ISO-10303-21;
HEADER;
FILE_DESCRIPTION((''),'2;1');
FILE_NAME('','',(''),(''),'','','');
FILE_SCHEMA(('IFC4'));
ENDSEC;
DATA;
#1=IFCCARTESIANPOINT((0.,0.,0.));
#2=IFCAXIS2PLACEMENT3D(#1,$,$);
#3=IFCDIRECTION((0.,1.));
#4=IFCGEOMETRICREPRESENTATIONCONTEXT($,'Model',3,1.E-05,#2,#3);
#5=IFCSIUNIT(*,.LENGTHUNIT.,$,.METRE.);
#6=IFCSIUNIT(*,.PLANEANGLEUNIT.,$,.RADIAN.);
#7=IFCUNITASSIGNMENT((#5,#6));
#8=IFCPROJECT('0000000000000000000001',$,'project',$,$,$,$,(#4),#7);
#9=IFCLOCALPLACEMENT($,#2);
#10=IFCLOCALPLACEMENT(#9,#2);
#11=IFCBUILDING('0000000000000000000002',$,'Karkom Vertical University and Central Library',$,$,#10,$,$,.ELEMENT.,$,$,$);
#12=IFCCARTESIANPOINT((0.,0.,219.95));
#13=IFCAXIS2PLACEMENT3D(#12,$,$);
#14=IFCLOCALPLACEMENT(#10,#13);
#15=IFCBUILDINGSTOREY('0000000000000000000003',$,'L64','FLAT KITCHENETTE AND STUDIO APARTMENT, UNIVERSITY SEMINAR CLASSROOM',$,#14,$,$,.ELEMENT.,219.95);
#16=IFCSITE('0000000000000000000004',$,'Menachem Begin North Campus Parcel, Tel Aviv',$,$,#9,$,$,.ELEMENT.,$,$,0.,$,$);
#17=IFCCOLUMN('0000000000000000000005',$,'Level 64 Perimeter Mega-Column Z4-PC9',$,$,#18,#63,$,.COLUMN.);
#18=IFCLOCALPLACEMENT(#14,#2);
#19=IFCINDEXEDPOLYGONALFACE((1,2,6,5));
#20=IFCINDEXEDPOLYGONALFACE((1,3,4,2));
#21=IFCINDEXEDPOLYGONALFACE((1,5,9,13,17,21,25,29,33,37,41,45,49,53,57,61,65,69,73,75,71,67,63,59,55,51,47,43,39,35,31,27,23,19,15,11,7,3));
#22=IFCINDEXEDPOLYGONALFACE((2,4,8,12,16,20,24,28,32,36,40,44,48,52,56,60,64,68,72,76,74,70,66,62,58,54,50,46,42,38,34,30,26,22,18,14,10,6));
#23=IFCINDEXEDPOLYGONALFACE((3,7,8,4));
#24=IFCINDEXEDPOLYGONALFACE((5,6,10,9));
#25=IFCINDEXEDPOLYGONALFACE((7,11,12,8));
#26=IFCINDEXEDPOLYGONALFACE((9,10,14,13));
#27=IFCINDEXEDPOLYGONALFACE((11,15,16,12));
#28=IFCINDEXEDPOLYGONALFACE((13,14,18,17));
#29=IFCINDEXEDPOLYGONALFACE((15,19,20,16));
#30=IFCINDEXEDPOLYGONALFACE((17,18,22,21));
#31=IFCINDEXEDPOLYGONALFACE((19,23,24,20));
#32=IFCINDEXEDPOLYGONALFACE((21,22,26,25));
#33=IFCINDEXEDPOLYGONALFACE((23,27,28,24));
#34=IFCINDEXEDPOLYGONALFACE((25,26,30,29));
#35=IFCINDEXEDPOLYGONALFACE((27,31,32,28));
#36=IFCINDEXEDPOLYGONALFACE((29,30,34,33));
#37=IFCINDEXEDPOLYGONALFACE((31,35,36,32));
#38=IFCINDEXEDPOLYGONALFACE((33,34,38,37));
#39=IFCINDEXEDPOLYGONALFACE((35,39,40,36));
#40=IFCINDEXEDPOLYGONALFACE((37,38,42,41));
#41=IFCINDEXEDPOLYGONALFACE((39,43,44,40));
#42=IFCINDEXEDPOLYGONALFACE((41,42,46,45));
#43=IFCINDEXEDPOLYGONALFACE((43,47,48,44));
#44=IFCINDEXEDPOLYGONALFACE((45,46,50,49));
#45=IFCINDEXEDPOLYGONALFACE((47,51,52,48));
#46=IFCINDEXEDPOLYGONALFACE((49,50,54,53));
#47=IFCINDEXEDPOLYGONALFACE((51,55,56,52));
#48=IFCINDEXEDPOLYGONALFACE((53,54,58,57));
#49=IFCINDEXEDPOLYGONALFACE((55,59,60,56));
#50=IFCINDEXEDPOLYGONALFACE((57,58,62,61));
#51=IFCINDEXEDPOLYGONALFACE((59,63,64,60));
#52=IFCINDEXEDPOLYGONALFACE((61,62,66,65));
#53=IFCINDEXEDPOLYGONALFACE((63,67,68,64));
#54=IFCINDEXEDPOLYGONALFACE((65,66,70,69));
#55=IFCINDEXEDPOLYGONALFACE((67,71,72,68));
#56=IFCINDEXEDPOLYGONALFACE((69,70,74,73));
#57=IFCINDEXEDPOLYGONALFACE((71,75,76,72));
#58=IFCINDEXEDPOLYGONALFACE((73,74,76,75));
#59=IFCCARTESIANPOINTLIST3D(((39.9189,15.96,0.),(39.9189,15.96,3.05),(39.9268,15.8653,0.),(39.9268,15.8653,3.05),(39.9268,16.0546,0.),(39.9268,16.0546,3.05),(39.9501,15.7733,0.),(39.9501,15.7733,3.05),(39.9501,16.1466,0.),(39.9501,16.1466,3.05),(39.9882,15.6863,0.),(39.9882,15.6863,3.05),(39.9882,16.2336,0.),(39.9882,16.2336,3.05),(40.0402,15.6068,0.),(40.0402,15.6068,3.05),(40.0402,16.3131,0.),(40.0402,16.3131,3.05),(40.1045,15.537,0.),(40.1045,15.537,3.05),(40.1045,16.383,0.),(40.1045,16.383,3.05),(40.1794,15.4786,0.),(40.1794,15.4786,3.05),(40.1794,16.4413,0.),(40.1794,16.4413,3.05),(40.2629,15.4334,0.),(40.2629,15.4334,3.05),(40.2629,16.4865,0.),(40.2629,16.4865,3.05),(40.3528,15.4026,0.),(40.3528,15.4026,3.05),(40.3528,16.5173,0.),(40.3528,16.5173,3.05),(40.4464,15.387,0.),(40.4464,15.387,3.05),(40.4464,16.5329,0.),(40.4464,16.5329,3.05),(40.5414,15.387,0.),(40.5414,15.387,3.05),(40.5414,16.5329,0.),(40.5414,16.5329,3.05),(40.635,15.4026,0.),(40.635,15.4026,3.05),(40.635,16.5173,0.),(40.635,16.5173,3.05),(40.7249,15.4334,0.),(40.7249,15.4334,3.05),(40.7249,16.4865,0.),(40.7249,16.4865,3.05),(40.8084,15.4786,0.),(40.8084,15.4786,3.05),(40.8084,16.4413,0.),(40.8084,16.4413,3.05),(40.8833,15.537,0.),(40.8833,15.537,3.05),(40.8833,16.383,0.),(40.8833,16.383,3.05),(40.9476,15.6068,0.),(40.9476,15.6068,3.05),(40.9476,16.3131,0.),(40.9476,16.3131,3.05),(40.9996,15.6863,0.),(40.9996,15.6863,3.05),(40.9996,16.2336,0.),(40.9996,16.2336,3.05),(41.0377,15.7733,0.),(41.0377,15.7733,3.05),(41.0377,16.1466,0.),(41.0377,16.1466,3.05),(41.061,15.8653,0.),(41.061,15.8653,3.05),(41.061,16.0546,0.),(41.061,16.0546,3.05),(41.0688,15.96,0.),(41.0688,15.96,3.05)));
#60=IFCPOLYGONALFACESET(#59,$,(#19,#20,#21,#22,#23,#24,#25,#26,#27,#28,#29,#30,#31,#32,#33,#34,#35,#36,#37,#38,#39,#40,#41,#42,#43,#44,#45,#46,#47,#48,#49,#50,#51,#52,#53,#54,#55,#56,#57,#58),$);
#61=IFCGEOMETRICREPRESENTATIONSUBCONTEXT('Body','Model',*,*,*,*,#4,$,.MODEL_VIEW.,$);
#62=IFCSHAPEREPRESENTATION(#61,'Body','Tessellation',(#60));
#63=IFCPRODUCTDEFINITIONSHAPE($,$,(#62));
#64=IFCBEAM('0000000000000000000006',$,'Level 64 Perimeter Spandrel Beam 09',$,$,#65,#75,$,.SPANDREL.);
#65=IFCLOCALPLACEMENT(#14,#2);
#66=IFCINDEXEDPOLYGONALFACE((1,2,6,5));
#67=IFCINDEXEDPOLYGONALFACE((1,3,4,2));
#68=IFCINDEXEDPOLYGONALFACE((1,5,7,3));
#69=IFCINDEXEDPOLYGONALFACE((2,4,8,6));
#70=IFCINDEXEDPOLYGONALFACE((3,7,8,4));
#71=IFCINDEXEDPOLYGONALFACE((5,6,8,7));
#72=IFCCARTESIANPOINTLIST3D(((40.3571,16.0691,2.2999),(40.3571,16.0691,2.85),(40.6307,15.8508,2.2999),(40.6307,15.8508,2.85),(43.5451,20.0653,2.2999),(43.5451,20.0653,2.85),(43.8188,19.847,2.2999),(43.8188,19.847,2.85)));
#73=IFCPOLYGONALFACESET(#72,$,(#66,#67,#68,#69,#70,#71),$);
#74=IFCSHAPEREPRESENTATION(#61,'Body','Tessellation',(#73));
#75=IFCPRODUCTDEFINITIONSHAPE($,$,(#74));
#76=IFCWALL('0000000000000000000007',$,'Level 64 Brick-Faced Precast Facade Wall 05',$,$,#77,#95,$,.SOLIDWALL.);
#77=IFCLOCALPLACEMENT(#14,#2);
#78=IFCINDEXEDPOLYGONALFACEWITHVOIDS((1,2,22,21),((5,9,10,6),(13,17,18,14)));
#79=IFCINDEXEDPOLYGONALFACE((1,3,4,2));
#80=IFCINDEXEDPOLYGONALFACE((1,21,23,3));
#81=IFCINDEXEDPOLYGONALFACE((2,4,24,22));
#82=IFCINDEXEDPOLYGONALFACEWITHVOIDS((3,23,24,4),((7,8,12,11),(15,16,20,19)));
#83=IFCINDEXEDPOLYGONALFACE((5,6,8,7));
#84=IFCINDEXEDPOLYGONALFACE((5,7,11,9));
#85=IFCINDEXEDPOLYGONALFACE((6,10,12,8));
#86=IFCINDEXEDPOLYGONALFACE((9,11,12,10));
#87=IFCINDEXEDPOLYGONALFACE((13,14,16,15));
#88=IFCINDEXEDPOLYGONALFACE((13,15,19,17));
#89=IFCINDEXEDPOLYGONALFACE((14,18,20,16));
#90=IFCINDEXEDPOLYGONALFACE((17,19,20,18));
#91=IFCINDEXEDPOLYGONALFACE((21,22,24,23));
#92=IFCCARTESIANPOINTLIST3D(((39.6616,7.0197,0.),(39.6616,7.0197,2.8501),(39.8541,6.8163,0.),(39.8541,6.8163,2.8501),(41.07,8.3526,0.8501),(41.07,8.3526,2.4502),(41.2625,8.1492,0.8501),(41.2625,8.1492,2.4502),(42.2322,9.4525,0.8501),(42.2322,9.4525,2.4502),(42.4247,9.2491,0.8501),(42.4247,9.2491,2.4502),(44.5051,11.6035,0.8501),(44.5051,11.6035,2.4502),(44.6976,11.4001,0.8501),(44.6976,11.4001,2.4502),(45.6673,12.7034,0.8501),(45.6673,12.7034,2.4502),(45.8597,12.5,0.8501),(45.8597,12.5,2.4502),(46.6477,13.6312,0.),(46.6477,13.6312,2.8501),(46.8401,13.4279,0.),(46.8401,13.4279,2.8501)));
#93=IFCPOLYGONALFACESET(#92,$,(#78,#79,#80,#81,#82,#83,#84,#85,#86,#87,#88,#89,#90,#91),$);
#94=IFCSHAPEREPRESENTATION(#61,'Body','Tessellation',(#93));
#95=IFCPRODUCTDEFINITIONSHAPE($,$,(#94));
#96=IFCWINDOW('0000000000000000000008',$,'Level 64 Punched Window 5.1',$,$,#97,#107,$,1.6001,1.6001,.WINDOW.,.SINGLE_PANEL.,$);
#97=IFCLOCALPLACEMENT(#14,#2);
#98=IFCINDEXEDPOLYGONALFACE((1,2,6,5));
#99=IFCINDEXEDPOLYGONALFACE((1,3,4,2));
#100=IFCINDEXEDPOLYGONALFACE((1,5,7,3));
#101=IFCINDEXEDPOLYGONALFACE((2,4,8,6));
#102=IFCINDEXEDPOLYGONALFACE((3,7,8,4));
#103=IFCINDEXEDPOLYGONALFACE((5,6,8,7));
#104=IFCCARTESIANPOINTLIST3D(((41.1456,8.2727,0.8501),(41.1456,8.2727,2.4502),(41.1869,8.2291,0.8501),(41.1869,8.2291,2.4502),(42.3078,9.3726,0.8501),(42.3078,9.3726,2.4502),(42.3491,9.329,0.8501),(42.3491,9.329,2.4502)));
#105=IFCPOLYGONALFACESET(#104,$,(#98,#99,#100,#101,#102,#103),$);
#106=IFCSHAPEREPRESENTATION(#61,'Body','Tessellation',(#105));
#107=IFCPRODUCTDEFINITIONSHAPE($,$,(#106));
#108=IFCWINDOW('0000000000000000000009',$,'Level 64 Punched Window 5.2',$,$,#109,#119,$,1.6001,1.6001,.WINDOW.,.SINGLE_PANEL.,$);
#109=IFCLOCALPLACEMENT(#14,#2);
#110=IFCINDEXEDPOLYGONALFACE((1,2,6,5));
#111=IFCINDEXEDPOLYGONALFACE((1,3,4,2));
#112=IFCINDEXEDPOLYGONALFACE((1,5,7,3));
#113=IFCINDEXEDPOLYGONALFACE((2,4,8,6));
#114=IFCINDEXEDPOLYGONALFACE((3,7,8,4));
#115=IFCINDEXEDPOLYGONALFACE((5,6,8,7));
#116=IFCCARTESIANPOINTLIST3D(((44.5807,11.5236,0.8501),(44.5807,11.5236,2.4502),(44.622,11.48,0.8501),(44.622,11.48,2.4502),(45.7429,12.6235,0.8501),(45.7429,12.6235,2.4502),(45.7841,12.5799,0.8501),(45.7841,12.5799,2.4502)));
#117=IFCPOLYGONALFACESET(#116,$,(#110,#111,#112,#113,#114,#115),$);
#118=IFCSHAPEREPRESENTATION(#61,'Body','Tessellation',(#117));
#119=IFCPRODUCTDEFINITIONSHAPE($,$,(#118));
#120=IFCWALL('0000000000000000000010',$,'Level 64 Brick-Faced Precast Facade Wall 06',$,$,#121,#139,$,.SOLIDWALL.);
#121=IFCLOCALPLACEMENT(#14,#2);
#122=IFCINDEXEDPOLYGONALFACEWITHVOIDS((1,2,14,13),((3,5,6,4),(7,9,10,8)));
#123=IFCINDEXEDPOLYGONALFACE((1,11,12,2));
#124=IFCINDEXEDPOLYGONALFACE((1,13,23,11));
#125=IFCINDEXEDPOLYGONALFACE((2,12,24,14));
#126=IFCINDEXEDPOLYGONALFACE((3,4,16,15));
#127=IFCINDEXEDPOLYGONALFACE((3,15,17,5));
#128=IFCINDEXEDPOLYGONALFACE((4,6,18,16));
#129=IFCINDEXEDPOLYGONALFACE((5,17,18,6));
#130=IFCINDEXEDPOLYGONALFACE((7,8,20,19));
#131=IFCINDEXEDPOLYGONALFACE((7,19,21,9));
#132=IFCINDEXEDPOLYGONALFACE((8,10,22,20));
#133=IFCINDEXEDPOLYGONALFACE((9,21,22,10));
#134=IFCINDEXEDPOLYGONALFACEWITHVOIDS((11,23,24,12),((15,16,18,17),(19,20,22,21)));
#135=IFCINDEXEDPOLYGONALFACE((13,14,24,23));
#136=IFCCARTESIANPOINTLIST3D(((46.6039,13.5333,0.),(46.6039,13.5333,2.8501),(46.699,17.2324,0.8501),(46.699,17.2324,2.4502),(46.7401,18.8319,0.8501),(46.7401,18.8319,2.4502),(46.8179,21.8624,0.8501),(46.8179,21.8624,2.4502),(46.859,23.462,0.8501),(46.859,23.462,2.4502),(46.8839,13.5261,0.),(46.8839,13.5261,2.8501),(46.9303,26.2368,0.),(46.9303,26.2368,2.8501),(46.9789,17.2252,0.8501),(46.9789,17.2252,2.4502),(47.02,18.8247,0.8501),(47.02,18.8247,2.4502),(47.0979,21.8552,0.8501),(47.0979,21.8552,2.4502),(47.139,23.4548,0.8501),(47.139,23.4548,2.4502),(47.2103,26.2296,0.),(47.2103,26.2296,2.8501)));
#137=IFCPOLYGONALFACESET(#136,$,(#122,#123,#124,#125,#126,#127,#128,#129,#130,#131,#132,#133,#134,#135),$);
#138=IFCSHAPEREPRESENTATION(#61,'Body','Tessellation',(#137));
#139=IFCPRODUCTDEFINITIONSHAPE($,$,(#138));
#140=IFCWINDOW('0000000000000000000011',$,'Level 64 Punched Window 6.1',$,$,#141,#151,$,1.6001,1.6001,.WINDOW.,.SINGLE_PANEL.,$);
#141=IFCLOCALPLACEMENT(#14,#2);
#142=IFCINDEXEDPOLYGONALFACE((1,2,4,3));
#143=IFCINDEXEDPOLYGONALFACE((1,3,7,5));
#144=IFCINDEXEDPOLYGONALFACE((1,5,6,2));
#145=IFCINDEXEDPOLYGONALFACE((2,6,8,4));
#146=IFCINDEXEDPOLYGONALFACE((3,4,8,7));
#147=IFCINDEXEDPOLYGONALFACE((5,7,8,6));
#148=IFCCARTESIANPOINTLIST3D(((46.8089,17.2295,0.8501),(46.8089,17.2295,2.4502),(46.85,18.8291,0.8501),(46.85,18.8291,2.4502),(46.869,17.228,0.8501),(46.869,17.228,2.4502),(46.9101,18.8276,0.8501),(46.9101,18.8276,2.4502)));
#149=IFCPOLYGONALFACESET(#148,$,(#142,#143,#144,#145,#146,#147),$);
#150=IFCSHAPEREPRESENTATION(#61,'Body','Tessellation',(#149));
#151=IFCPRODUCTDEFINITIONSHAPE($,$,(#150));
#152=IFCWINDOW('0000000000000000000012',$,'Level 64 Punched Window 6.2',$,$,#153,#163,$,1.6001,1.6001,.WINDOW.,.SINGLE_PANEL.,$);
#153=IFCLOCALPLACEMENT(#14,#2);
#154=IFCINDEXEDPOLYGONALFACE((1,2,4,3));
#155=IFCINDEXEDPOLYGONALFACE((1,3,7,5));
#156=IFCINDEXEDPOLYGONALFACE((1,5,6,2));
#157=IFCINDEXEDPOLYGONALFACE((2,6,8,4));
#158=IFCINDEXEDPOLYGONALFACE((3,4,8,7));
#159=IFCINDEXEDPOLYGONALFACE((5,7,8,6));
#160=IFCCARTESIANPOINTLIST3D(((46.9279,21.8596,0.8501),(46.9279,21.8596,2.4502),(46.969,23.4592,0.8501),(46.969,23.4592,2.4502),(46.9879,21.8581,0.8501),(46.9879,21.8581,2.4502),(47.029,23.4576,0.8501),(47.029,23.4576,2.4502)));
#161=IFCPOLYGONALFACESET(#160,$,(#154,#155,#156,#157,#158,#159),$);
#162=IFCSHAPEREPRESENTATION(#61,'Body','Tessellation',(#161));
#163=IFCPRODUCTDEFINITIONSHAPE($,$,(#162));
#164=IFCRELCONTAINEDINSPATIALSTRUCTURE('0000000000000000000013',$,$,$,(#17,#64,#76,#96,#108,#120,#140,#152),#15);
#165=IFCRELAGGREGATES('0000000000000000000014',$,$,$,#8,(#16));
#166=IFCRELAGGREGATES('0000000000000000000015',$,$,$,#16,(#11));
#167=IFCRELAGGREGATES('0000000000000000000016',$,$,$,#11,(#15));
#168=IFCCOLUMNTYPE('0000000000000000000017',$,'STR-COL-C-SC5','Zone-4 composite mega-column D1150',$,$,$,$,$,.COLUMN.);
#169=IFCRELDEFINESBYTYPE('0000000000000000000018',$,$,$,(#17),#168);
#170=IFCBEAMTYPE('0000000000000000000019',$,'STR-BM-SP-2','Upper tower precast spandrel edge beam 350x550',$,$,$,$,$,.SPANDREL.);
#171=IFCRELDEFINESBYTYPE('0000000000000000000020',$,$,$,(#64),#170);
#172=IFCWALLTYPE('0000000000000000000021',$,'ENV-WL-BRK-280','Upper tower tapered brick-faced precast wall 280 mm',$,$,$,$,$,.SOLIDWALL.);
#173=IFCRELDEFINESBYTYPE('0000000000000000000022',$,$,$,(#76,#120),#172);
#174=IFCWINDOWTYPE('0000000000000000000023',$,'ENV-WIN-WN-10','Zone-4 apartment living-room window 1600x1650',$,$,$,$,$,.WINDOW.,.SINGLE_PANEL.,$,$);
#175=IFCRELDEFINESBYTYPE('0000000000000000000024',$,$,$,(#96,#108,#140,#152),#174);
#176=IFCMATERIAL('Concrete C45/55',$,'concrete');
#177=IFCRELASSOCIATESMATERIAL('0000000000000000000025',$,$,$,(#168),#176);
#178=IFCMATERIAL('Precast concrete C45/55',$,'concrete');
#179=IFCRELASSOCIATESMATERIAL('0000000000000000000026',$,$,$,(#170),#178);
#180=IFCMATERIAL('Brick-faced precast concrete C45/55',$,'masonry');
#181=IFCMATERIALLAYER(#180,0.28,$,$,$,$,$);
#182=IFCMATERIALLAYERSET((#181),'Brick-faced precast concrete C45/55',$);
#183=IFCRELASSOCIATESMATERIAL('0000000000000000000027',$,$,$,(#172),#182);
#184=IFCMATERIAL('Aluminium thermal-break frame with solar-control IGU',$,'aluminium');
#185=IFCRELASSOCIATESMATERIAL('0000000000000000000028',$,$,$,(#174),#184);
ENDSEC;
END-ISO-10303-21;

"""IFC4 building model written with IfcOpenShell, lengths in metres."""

from ifc_helpers import new_model, si_unit, direction, frame, frame_2d, origin, origin_with_axes, origin_2d, place, context, subcontext, project, spatial, rectangle, circle, extrude, source, transform, mapped, material, layer, layer_set, material_profile, profile_set, type_object, element, fill, save


model = new_model("IFC4")

# Units and contexts
model_context = context("Model", 3, precision=1e-05, world=origin(), true_north=direction((0.0, 1.0)))
body_context = subcontext(model_context, "Body", "Model", "MODEL_VIEW")
ifc_project = project(units=[si_unit("LENGTHUNIT", "METRE"), si_unit("PLANEANGLEUNIT", "RADIAN")], contexts=[model_context])

# Site, building, storey
site_placement = place(None, origin())
site = spatial("IfcSite", under=ifc_project, at=site_placement, Name="Menachem Begin North Campus Parcel, Tel Aviv", CompositionType="ELEMENT", RefElevation=0.0)
building_placement = place(site_placement, origin())
building = spatial("IfcBuilding", under=site, at=building_placement, Name="Karkom Vertical University and Central Library", CompositionType="ELEMENT")
storey_placement = place(building_placement, frame((0.0, 0.0, 219.95)))
storey = spatial("IfcBuildingStorey", under=building, at=storey_placement, Name="L64", Description="FLAT KITCHENETTE AND STUDIO APARTMENT, UNIVERSITY SEMINAR CLASSROOM", CompositionType="ELEMENT", Elevation=219.95)

# Column
ifc_material_1 = material(Name="Concrete C45/55", Category="concrete")
ifc_material_profile_1 = material_profile(ifc_material_1, circle(Radius=0.575, at=origin_2d()), Name="CFT-D1150")
ifc_profile_set_1 = profile_set([ifc_material_profile_1], Name="Concrete C45/55")
column_type = type_object("IfcColumnType", Name="STR-COL-C-SC5", Description="Zone-4 composite mega-column D1150", PredefinedType="COLUMN", material=ifc_profile_set_1)
shared_shape_1 = source(origin_with_axes(), body_context, "Body", "SweptSolid", [
    extrude(circle(Radius=0.575, at=origin_2d()), origin(), (0.0, 0.0, 1.0), 3.05),
])
column_placement = place(storey_placement, frame((40.4939, 15.96, 0.0), z_axis=(0.0, 0.0, 1.0), x_axis=(1.0, 0.0, 0.0)))
element("IfcColumn", 1, at=column_placement, inside=storey, type_object=column_type, Name="Level 64 Perimeter Mega-Column Z4-PC9", PredefinedType="COLUMN", context=body_context, shape_type="MappedRepresentation", body=[
    mapped(shared_shape_1, transform((0.0, 0.0, 0.0), scale=1.0)),
])

# Beam
ifc_material_2 = material(Name="Precast concrete C45/55", Category="concrete")
ifc_material_profile_2 = material_profile(ifc_material_2, rectangle(XDim=0.3501, YDim=0.55, at=origin_2d()), Name="SPB-350x550")
ifc_profile_set_2 = profile_set([ifc_material_profile_2], Name="Precast concrete C45/55")
beam_type = type_object("IfcBeamType", Name="STR-BM-SP-2", Description="Upper tower precast spandrel edge beam 350x550", PredefinedType="SPANDREL", material=ifc_profile_set_2)
shared_shape_2 = source(origin_with_axes(), body_context, "Body", "SweptSolid", [
    extrude(rectangle(XDim=0.3501, YDim=0.55, at=origin_2d()), origin(), (0.0, 0.0, 1.0), 5.1121),
])
beam_placement = place(storey_placement, frame((40.4939, 15.96, 2.575), z_axis=(0.623634, 0.781716, 0.0), x_axis=(-0.781716, 0.623634, 0.0)))
element("IfcBeam", 2, at=beam_placement, inside=storey, type_object=beam_type, Name="Level 64 Perimeter Spandrel Beam 09", PredefinedType="SPANDREL", context=body_context, shape_type="MappedRepresentation", body=[
    mapped(shared_shape_2, transform((0.0, 0.0, 0.0), scale=1.0)),
])

# Walls, openings, windows
ifc_material_3 = material(Name="Brick-faced precast concrete C45/55", Category="masonry")
ifc_layer_1 = layer(ifc_material_3, 0.28)
ifc_layer_set_1 = layer_set([ifc_layer_1], Name="Brick-faced precast concrete C45/55")
wall_type_1 = type_object("IfcWallType", Name="ENV-WL-BRK-280", Description="Upper tower tapered brick-faced precast wall 280 mm", PredefinedType="SOLIDWALL", material=ifc_layer_set_1)
wall_1_placement = place(storey_placement, frame((39.7578, 6.918, 0.0), z_axis=(0.0, 0.0, 1.0), x_axis=(0.726307, 0.687371, 0.0)))
wall_1 = element("IfcWall", 3, at=wall_1_placement, inside=storey, type_object=wall_type_1, Name="Level 64 Brick-Faced Precast Facade Wall 05", PredefinedType="SOLIDWALL", context=body_context, shape_type="SweptSolid", body=[
    extrude(rectangle(XDim=9.6187, YDim=0.28, at=frame_2d((4.8093, 0.0))), origin(), (0.0, 0.0, 1.0), 2.8501),
])
opening_1_placement = place(wall_1_placement, frame((1.9392, 0.0, 0.8501)))
opening_1 = element("IfcOpeningElement", 4, at=opening_1_placement, cuts=wall_1, PredefinedType="OPENING", context=body_context, shape_type="SweptSolid", body=[
    extrude(rectangle(XDim=1.6001, YDim=1.6001, at=frame_2d((0.8, 0.8))), frame((0.0, 0.1499, 0.0), z_axis=(0.0, -1.0, 0.0), x_axis=(1.0, 0.0, 0.0)), (0.0, 0.0, 1.0), 0.3),
])
opening_2_placement = place(wall_1_placement, frame((6.6687, 0.0, 0.8501)))
opening_2 = element("IfcOpeningElement", 5, at=opening_2_placement, cuts=wall_1, PredefinedType="OPENING", context=body_context, shape_type="SweptSolid", body=[
    extrude(rectangle(XDim=1.6001, YDim=1.6001, at=frame_2d((0.8, 0.8))), frame((0.0, 0.1499, 0.0), z_axis=(0.0, -1.0, 0.0), x_axis=(1.0, 0.0, 0.0)), (0.0, 0.0, 1.0), 0.3),
])
ifc_material_4 = material(Name="Aluminium thermal-break frame with solar-control IGU", Category="aluminium")
window_type = type_object("IfcWindowType", Name="ENV-WIN-WN-10", Description="Zone-4 apartment living-room window 1600x1650", PartitioningType="SINGLE_PANEL", PredefinedType="WINDOW", material=ifc_material_4)
shared_shape_3 = source(origin_with_axes(), body_context, "Body", "SweptSolid", [
    extrude(rectangle(XDim=1.6001, YDim=1.6001, at=frame_2d((0.8, 0.8))), frame((0.0, 0.03, 0.0), z_axis=(0.0, -1.0, 0.0), x_axis=(1.0, 0.0, 0.0)), (0.0, 0.0, 1.0), 0.0601),
])
window_1_placement = place(opening_1_placement, origin())
window_1 = element("IfcWindow", 6, at=window_1_placement, inside=storey, type_object=window_type, Name="Level 64 Punched Window 5.1", OverallHeight=1.6001, OverallWidth=1.6001, PartitioningType="SINGLE_PANEL", PredefinedType="WINDOW", context=body_context, shape_type="MappedRepresentation", body=[
    mapped(shared_shape_3, transform((0.0, 0.0, 0.0), scale=1.0)),
])
fill(opening_1, window_1)
window_2_placement = place(opening_2_placement, origin())
window_2 = element("IfcWindow", 7, at=window_2_placement, inside=storey, type_object=window_type, Name="Level 64 Punched Window 5.2", OverallHeight=1.6001, OverallWidth=1.6001, PartitioningType="SINGLE_PANEL", PredefinedType="WINDOW", context=body_context, shape_type="MappedRepresentation", body=[
    mapped(shared_shape_3, transform((0.0, 0.0, 0.0), scale=1.0)),
])
fill(opening_2, window_2)
wall_2_placement = place(storey_placement, frame((46.7439, 13.5295, 0.0), z_axis=(0.0, 0.0, 1.0), x_axis=(0.025686, 0.99967, 0.0)))
wall_2 = element("IfcWall", 8, at=wall_2_placement, inside=storey, type_object=wall_type_1, Name="Level 64 Brick-Faced Precast Facade Wall 06", PredefinedType="SOLIDWALL", context=body_context, shape_type="SweptSolid", body=[
    extrude(rectangle(XDim=12.7078, YDim=0.28, at=frame_2d((6.354, 0.0))), origin(), (0.0, 0.0, 1.0), 2.8501),
])
opening_3_placement = place(wall_2_placement, frame((3.7004, 0.0, 0.8501)))
opening_3 = element("IfcOpeningElement", 9, at=opening_3_placement, cuts=wall_2, PredefinedType="OPENING", context=body_context, shape_type="SweptSolid", body=[
    extrude(rectangle(XDim=1.6001, YDim=1.6001, at=frame_2d((0.8, 0.8))), frame((0.0, 0.1499, 0.0), z_axis=(0.0, -1.0, 0.0), x_axis=(1.0, 0.0, 0.0)), (0.0, 0.0, 1.0), 0.3),
])
opening_4_placement = place(wall_2_placement, frame((8.332, 0.0, 0.8501)))
opening_4 = element("IfcOpeningElement", 10, at=opening_4_placement, cuts=wall_2, PredefinedType="OPENING", context=body_context, shape_type="SweptSolid", body=[
    extrude(rectangle(XDim=1.6001, YDim=1.6001, at=frame_2d((0.8, 0.8))), frame((0.0, 0.1499, 0.0), z_axis=(0.0, -1.0, 0.0), x_axis=(1.0, 0.0, 0.0)), (0.0, 0.0, 1.0), 0.3),
])
window_3_placement = place(opening_3_placement, origin())
window_3 = element("IfcWindow", 11, at=window_3_placement, inside=storey, type_object=window_type, Name="Level 64 Punched Window 6.1", OverallHeight=1.6001, OverallWidth=1.6001, PartitioningType="SINGLE_PANEL", PredefinedType="WINDOW", context=body_context, shape_type="MappedRepresentation", body=[
    mapped(shared_shape_3, transform((0.0, 0.0, 0.0), scale=1.0)),
])
fill(opening_3, window_3)
window_4_placement = place(opening_4_placement, origin())
window_4 = element("IfcWindow", 12, at=window_4_placement, inside=storey, type_object=window_type, Name="Level 64 Punched Window 6.2", OverallHeight=1.6001, OverallWidth=1.6001, PartitioningType="SINGLE_PANEL", PredefinedType="WINDOW", context=body_context, shape_type="MappedRepresentation", body=[
    mapped(shared_shape_3, transform((0.0, 0.0, 0.0), scale=1.0)),
])
fill(opening_4, window_4)

save(model, "model.ifc")
